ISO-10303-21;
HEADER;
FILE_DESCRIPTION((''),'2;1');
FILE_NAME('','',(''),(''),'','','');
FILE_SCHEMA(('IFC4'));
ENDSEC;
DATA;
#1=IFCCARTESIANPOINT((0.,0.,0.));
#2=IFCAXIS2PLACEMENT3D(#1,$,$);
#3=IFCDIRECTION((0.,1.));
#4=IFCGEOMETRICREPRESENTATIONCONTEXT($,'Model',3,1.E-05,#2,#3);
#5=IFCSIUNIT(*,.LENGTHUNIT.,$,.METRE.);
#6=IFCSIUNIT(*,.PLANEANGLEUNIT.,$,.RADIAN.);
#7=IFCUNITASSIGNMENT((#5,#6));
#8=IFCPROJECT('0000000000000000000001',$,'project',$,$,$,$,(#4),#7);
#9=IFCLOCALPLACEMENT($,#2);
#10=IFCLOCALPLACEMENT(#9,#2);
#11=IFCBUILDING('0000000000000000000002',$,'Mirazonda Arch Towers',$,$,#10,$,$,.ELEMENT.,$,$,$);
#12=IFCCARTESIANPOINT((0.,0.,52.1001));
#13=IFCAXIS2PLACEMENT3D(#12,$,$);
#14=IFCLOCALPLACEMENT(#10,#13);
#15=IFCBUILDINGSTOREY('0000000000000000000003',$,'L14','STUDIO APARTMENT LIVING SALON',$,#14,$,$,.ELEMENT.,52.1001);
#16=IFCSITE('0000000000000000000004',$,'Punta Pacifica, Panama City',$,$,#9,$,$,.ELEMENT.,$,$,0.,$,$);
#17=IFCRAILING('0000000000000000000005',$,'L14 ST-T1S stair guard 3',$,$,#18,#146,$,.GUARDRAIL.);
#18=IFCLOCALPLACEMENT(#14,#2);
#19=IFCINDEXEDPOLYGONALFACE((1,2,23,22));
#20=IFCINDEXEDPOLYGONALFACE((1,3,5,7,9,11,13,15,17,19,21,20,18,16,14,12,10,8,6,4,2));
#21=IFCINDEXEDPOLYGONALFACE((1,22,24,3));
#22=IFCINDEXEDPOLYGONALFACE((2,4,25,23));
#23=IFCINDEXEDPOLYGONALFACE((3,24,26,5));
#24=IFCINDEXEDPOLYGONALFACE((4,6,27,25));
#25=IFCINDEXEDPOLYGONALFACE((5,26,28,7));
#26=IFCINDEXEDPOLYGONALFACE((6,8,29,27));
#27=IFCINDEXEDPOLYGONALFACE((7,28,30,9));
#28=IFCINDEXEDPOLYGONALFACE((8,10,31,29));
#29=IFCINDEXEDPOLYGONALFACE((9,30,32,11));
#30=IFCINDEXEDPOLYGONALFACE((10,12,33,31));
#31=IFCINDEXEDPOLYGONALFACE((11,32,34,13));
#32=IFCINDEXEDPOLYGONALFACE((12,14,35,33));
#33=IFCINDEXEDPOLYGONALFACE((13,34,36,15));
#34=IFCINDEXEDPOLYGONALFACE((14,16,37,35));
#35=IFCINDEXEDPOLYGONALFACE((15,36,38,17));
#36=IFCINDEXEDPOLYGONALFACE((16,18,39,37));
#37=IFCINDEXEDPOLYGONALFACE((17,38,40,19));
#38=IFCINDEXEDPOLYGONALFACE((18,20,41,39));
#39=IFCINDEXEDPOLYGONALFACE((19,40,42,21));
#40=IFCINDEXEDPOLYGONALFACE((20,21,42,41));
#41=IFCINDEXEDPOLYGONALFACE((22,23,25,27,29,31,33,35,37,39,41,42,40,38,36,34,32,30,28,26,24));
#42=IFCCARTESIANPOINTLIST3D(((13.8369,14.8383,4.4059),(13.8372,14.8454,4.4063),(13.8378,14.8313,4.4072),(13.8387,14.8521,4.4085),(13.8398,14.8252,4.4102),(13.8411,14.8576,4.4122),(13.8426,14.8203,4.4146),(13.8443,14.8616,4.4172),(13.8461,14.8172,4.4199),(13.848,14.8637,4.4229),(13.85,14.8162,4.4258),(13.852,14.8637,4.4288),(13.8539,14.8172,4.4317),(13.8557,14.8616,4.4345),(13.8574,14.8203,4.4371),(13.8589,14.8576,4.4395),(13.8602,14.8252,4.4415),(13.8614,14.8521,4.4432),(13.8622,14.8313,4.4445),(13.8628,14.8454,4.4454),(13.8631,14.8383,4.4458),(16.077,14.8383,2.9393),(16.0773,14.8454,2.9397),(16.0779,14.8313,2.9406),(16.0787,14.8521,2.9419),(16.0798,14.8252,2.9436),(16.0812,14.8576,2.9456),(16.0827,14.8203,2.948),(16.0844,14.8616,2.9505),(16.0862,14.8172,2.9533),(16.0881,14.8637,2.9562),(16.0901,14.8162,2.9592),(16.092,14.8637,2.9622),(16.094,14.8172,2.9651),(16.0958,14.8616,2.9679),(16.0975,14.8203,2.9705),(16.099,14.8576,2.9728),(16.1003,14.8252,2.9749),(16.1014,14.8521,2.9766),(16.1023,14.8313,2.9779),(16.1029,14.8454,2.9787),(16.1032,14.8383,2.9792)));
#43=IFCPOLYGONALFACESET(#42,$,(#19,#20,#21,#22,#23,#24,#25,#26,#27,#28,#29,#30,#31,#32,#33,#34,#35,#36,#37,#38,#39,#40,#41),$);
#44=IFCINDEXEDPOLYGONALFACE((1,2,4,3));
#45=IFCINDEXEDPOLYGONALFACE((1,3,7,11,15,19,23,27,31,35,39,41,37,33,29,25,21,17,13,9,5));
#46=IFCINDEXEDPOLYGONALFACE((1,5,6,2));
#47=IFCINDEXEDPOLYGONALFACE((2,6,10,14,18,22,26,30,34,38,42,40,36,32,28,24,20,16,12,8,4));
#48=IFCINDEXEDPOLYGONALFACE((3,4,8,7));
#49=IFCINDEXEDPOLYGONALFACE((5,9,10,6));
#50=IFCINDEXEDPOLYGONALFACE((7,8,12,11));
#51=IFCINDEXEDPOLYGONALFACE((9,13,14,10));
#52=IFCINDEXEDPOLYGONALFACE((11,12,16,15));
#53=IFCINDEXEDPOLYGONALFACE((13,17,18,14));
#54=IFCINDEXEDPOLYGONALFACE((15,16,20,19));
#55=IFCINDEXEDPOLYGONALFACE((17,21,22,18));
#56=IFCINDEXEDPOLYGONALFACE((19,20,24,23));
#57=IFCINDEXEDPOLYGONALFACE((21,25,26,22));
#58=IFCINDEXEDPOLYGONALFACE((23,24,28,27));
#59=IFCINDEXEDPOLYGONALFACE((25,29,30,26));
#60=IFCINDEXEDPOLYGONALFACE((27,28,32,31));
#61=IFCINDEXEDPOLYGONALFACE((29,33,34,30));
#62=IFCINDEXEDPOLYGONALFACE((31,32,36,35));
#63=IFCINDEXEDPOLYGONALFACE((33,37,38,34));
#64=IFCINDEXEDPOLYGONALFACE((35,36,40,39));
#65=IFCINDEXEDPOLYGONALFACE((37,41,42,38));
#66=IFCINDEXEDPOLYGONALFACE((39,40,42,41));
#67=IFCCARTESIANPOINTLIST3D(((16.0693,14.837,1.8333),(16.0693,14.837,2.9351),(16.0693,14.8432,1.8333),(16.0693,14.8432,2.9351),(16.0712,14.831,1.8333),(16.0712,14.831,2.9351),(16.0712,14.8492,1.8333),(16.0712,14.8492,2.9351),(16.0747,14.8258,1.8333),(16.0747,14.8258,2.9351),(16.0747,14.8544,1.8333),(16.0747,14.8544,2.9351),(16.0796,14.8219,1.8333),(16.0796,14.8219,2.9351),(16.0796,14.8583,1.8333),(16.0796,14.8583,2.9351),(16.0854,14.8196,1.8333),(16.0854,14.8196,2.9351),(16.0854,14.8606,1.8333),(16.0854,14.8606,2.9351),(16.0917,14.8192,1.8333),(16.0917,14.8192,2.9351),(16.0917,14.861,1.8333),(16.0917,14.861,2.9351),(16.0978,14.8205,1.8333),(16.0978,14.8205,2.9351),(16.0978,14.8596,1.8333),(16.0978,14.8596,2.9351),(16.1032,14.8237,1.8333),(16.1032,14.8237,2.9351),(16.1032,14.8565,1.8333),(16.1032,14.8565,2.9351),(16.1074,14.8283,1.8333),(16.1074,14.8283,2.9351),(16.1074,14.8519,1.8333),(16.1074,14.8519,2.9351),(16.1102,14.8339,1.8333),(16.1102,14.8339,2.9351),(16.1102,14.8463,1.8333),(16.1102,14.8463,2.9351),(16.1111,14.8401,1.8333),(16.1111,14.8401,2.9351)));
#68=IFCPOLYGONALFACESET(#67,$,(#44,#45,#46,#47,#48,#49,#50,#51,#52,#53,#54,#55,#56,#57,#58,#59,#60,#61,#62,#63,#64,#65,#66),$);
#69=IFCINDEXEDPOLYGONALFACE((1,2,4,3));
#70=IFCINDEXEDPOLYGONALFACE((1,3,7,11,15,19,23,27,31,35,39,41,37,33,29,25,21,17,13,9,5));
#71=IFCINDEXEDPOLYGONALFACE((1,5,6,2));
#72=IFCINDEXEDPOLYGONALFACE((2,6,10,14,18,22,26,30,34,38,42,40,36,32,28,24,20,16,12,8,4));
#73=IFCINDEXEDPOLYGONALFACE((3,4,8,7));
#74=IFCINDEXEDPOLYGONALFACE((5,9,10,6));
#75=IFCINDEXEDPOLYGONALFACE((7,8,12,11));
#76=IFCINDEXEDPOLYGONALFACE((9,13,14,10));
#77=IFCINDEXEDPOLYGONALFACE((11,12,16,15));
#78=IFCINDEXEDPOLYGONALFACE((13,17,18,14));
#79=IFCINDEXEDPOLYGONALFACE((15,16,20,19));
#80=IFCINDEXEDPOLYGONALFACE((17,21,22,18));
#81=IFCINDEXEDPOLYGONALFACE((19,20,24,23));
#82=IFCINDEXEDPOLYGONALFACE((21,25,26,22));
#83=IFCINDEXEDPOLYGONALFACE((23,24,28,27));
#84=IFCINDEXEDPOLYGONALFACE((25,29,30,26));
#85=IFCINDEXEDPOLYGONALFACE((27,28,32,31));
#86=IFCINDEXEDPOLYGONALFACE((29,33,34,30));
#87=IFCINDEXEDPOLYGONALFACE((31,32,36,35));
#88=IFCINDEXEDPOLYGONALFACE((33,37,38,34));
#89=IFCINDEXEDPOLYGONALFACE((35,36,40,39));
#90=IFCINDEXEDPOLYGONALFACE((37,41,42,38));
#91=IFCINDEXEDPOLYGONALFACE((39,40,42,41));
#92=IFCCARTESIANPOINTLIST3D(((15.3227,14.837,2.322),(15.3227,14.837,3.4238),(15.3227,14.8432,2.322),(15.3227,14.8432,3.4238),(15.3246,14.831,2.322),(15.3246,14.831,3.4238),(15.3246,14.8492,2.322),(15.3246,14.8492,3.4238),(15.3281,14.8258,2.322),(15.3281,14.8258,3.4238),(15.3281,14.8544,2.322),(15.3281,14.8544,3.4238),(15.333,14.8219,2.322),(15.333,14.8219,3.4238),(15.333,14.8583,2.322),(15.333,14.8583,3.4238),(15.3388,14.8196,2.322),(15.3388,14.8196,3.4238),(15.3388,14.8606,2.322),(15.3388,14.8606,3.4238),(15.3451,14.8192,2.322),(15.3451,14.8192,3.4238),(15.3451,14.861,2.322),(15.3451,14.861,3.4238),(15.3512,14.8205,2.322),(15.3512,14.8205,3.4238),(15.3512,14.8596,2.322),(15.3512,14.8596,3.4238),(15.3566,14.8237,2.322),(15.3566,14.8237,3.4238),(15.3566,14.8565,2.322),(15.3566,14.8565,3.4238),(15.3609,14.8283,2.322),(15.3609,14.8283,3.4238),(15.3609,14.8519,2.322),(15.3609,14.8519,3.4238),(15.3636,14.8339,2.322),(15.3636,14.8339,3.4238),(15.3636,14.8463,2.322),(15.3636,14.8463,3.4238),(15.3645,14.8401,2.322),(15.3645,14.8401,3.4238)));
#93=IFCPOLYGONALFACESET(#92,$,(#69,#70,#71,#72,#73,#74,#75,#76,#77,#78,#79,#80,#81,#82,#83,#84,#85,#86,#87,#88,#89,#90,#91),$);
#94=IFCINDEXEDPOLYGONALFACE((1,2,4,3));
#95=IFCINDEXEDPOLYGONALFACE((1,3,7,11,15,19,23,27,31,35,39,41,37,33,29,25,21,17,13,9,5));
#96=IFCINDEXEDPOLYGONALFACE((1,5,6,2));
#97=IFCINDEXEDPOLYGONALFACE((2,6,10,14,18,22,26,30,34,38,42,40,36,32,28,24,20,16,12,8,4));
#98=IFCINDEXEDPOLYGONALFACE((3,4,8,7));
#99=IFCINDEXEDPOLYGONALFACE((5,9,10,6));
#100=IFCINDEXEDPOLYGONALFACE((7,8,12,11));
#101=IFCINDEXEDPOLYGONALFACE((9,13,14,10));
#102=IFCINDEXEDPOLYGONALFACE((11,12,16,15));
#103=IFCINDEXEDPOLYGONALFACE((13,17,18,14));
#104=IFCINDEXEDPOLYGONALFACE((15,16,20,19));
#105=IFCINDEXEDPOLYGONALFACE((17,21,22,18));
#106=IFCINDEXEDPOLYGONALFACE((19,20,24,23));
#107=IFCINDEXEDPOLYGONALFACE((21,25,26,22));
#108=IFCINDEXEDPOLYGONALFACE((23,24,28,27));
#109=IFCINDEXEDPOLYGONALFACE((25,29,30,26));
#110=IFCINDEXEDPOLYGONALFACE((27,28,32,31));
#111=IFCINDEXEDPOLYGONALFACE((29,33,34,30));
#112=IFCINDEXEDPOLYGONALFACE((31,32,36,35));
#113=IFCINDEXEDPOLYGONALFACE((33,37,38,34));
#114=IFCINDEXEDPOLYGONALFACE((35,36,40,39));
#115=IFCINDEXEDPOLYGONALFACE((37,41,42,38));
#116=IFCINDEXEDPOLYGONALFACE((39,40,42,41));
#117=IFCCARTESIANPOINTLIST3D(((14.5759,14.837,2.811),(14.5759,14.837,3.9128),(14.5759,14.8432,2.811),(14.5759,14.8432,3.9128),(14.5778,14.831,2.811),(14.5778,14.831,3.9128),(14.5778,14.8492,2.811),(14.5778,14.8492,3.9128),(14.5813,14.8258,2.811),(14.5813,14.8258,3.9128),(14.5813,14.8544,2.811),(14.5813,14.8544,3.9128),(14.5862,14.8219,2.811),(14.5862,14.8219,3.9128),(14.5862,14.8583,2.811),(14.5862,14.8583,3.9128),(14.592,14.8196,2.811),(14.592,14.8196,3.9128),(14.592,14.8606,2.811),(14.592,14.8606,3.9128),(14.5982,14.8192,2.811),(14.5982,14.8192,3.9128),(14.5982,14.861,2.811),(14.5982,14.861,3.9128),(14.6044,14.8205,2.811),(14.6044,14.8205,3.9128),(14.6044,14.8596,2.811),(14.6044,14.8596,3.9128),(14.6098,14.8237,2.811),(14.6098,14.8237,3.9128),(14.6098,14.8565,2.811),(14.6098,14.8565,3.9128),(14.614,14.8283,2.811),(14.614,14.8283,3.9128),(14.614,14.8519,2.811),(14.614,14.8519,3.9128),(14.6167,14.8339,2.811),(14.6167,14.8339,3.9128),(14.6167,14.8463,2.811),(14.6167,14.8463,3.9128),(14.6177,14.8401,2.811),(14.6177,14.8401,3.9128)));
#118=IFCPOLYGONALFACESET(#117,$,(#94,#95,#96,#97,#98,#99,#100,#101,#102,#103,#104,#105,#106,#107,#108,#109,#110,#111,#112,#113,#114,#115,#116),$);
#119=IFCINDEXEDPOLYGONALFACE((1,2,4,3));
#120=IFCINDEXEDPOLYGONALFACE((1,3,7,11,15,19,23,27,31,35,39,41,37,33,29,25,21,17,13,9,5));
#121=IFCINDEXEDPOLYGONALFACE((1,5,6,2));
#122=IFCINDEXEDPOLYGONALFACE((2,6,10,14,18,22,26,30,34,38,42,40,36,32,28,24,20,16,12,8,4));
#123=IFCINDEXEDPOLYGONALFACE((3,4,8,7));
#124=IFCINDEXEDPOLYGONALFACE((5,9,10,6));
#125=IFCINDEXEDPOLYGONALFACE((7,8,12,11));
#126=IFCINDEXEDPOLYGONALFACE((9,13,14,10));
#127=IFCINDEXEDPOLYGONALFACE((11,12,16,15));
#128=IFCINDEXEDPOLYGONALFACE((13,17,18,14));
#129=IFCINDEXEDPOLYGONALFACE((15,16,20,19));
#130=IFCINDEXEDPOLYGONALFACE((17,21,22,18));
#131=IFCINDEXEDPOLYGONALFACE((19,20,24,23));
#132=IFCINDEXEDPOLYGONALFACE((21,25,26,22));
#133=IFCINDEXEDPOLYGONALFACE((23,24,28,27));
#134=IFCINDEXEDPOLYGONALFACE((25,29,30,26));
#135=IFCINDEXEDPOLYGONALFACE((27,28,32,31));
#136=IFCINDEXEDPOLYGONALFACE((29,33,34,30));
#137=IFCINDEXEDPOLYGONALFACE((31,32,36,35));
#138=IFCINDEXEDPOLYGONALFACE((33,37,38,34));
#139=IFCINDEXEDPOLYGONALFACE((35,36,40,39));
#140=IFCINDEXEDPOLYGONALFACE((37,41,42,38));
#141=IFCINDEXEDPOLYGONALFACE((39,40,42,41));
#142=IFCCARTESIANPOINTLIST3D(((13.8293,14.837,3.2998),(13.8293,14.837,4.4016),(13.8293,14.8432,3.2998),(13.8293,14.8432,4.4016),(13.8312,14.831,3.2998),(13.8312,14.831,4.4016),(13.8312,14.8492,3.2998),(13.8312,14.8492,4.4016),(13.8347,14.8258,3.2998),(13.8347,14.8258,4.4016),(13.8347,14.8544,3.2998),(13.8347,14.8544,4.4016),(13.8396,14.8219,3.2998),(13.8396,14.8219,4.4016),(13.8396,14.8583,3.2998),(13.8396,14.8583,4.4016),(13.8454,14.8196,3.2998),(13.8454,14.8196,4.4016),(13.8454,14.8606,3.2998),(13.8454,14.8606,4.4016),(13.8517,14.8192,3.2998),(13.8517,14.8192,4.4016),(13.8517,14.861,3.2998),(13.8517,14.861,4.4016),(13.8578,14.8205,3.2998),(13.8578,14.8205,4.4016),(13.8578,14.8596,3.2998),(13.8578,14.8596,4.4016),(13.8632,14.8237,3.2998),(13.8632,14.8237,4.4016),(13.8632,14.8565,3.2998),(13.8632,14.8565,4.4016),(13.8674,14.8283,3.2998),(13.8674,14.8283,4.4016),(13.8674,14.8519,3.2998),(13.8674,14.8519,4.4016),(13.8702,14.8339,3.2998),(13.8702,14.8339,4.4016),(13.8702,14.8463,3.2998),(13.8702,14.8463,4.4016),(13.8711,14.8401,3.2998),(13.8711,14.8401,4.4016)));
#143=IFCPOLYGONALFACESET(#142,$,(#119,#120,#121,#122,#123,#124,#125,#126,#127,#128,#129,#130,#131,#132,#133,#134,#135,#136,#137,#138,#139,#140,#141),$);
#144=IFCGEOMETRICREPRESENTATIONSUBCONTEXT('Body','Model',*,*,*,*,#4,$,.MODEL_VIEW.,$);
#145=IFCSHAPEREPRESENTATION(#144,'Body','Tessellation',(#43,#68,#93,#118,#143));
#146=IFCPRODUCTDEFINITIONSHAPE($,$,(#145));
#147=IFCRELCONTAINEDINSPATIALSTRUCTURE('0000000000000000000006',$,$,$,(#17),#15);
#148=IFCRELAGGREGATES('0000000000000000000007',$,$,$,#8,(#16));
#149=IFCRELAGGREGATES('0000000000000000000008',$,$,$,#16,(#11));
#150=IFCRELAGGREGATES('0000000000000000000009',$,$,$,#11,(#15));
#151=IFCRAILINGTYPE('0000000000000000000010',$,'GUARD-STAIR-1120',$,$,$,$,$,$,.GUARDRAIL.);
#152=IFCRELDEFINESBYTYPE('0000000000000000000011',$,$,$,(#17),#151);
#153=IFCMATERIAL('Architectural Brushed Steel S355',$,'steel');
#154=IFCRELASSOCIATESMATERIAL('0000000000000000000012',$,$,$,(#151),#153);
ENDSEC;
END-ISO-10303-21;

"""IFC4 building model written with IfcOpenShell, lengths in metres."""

from ifc_helpers import new_model, si_unit, direction, frame, origin, origin_2d, place, context, subcontext, project, spatial, circle, extrude, material, type_object, element, save


model = new_model("IFC4")

# Units and contexts
model_context = context("Model", 3, precision=1e-05, world=origin(), true_north=direction((0.0, 1.0)))
body_context = subcontext(model_context, "Body", "Model", "MODEL_VIEW")
ifc_project = project(units=[si_unit("LENGTHUNIT", "METRE"), si_unit("PLANEANGLEUNIT", "RADIAN")], contexts=[model_context])

# Site, building, storey
site_placement = place(None, origin())
site = spatial("IfcSite", under=ifc_project, at=site_placement, Name="Punta Pacifica, Panama City", CompositionType="ELEMENT", RefElevation=0.0)
building_placement = place(site_placement, origin())
building = spatial("IfcBuilding", under=site, at=building_placement, Name="Mirazonda Arch Towers", CompositionType="ELEMENT")
storey_placement = place(building_placement, frame((0.0, 0.0, 52.1001)))
storey = spatial("IfcBuildingStorey", under=building, at=storey_placement, Name="L14", Description="STUDIO APARTMENT LIVING SALON", CompositionType="ELEMENT", Elevation=52.1001)

# Railing
ifc_material_1 = material(Name="Architectural Brushed Steel S355", Category="steel")
railing_type_1 = type_object("IfcRailingType", Name="GUARD-STAIR-1120", PredefinedType="GUARDRAIL", material=ifc_material_1)
railing_1_placement = place(storey_placement, frame((16.0901, 14.8401, 1.8333)))
element("IfcRailing", 1, at=railing_1_placement, inside=storey, type_object=railing_type_1, Name="L14 ST-T1S stair guard 3", PredefinedType="GUARDRAIL", context=body_context, shape_type="SweptSolid", body=[
    extrude(circle(Radius=0.0239, at=origin_2d()), frame((0.0, 0.0, 1.126), z_axis=(-0.836637, 0.0, 0.547758), x_axis=(0.0, -1.0, 0.0)), (0.0, 0.0, 1.0), 2.6775),
    extrude(circle(Radius=0.021, at=origin_2d()), origin(), (0.0, 0.0, 1.0), 1.1018),
    extrude(circle(Radius=0.021, at=origin_2d()), frame((-0.7466, 0.0, 0.4888)), (0.0, 0.0, 1.0), 1.1018),
    extrude(circle(Radius=0.021, at=origin_2d()), frame((-1.4934, 0.0, 0.9778)), (0.0, 0.0, 1.0), 1.1018),
    extrude(circle(Radius=0.021, at=origin_2d()), frame((-2.24, 0.0, 1.4666)), (0.0, 0.0, 1.0), 1.1018),
])

save(model, "model.ifc")
